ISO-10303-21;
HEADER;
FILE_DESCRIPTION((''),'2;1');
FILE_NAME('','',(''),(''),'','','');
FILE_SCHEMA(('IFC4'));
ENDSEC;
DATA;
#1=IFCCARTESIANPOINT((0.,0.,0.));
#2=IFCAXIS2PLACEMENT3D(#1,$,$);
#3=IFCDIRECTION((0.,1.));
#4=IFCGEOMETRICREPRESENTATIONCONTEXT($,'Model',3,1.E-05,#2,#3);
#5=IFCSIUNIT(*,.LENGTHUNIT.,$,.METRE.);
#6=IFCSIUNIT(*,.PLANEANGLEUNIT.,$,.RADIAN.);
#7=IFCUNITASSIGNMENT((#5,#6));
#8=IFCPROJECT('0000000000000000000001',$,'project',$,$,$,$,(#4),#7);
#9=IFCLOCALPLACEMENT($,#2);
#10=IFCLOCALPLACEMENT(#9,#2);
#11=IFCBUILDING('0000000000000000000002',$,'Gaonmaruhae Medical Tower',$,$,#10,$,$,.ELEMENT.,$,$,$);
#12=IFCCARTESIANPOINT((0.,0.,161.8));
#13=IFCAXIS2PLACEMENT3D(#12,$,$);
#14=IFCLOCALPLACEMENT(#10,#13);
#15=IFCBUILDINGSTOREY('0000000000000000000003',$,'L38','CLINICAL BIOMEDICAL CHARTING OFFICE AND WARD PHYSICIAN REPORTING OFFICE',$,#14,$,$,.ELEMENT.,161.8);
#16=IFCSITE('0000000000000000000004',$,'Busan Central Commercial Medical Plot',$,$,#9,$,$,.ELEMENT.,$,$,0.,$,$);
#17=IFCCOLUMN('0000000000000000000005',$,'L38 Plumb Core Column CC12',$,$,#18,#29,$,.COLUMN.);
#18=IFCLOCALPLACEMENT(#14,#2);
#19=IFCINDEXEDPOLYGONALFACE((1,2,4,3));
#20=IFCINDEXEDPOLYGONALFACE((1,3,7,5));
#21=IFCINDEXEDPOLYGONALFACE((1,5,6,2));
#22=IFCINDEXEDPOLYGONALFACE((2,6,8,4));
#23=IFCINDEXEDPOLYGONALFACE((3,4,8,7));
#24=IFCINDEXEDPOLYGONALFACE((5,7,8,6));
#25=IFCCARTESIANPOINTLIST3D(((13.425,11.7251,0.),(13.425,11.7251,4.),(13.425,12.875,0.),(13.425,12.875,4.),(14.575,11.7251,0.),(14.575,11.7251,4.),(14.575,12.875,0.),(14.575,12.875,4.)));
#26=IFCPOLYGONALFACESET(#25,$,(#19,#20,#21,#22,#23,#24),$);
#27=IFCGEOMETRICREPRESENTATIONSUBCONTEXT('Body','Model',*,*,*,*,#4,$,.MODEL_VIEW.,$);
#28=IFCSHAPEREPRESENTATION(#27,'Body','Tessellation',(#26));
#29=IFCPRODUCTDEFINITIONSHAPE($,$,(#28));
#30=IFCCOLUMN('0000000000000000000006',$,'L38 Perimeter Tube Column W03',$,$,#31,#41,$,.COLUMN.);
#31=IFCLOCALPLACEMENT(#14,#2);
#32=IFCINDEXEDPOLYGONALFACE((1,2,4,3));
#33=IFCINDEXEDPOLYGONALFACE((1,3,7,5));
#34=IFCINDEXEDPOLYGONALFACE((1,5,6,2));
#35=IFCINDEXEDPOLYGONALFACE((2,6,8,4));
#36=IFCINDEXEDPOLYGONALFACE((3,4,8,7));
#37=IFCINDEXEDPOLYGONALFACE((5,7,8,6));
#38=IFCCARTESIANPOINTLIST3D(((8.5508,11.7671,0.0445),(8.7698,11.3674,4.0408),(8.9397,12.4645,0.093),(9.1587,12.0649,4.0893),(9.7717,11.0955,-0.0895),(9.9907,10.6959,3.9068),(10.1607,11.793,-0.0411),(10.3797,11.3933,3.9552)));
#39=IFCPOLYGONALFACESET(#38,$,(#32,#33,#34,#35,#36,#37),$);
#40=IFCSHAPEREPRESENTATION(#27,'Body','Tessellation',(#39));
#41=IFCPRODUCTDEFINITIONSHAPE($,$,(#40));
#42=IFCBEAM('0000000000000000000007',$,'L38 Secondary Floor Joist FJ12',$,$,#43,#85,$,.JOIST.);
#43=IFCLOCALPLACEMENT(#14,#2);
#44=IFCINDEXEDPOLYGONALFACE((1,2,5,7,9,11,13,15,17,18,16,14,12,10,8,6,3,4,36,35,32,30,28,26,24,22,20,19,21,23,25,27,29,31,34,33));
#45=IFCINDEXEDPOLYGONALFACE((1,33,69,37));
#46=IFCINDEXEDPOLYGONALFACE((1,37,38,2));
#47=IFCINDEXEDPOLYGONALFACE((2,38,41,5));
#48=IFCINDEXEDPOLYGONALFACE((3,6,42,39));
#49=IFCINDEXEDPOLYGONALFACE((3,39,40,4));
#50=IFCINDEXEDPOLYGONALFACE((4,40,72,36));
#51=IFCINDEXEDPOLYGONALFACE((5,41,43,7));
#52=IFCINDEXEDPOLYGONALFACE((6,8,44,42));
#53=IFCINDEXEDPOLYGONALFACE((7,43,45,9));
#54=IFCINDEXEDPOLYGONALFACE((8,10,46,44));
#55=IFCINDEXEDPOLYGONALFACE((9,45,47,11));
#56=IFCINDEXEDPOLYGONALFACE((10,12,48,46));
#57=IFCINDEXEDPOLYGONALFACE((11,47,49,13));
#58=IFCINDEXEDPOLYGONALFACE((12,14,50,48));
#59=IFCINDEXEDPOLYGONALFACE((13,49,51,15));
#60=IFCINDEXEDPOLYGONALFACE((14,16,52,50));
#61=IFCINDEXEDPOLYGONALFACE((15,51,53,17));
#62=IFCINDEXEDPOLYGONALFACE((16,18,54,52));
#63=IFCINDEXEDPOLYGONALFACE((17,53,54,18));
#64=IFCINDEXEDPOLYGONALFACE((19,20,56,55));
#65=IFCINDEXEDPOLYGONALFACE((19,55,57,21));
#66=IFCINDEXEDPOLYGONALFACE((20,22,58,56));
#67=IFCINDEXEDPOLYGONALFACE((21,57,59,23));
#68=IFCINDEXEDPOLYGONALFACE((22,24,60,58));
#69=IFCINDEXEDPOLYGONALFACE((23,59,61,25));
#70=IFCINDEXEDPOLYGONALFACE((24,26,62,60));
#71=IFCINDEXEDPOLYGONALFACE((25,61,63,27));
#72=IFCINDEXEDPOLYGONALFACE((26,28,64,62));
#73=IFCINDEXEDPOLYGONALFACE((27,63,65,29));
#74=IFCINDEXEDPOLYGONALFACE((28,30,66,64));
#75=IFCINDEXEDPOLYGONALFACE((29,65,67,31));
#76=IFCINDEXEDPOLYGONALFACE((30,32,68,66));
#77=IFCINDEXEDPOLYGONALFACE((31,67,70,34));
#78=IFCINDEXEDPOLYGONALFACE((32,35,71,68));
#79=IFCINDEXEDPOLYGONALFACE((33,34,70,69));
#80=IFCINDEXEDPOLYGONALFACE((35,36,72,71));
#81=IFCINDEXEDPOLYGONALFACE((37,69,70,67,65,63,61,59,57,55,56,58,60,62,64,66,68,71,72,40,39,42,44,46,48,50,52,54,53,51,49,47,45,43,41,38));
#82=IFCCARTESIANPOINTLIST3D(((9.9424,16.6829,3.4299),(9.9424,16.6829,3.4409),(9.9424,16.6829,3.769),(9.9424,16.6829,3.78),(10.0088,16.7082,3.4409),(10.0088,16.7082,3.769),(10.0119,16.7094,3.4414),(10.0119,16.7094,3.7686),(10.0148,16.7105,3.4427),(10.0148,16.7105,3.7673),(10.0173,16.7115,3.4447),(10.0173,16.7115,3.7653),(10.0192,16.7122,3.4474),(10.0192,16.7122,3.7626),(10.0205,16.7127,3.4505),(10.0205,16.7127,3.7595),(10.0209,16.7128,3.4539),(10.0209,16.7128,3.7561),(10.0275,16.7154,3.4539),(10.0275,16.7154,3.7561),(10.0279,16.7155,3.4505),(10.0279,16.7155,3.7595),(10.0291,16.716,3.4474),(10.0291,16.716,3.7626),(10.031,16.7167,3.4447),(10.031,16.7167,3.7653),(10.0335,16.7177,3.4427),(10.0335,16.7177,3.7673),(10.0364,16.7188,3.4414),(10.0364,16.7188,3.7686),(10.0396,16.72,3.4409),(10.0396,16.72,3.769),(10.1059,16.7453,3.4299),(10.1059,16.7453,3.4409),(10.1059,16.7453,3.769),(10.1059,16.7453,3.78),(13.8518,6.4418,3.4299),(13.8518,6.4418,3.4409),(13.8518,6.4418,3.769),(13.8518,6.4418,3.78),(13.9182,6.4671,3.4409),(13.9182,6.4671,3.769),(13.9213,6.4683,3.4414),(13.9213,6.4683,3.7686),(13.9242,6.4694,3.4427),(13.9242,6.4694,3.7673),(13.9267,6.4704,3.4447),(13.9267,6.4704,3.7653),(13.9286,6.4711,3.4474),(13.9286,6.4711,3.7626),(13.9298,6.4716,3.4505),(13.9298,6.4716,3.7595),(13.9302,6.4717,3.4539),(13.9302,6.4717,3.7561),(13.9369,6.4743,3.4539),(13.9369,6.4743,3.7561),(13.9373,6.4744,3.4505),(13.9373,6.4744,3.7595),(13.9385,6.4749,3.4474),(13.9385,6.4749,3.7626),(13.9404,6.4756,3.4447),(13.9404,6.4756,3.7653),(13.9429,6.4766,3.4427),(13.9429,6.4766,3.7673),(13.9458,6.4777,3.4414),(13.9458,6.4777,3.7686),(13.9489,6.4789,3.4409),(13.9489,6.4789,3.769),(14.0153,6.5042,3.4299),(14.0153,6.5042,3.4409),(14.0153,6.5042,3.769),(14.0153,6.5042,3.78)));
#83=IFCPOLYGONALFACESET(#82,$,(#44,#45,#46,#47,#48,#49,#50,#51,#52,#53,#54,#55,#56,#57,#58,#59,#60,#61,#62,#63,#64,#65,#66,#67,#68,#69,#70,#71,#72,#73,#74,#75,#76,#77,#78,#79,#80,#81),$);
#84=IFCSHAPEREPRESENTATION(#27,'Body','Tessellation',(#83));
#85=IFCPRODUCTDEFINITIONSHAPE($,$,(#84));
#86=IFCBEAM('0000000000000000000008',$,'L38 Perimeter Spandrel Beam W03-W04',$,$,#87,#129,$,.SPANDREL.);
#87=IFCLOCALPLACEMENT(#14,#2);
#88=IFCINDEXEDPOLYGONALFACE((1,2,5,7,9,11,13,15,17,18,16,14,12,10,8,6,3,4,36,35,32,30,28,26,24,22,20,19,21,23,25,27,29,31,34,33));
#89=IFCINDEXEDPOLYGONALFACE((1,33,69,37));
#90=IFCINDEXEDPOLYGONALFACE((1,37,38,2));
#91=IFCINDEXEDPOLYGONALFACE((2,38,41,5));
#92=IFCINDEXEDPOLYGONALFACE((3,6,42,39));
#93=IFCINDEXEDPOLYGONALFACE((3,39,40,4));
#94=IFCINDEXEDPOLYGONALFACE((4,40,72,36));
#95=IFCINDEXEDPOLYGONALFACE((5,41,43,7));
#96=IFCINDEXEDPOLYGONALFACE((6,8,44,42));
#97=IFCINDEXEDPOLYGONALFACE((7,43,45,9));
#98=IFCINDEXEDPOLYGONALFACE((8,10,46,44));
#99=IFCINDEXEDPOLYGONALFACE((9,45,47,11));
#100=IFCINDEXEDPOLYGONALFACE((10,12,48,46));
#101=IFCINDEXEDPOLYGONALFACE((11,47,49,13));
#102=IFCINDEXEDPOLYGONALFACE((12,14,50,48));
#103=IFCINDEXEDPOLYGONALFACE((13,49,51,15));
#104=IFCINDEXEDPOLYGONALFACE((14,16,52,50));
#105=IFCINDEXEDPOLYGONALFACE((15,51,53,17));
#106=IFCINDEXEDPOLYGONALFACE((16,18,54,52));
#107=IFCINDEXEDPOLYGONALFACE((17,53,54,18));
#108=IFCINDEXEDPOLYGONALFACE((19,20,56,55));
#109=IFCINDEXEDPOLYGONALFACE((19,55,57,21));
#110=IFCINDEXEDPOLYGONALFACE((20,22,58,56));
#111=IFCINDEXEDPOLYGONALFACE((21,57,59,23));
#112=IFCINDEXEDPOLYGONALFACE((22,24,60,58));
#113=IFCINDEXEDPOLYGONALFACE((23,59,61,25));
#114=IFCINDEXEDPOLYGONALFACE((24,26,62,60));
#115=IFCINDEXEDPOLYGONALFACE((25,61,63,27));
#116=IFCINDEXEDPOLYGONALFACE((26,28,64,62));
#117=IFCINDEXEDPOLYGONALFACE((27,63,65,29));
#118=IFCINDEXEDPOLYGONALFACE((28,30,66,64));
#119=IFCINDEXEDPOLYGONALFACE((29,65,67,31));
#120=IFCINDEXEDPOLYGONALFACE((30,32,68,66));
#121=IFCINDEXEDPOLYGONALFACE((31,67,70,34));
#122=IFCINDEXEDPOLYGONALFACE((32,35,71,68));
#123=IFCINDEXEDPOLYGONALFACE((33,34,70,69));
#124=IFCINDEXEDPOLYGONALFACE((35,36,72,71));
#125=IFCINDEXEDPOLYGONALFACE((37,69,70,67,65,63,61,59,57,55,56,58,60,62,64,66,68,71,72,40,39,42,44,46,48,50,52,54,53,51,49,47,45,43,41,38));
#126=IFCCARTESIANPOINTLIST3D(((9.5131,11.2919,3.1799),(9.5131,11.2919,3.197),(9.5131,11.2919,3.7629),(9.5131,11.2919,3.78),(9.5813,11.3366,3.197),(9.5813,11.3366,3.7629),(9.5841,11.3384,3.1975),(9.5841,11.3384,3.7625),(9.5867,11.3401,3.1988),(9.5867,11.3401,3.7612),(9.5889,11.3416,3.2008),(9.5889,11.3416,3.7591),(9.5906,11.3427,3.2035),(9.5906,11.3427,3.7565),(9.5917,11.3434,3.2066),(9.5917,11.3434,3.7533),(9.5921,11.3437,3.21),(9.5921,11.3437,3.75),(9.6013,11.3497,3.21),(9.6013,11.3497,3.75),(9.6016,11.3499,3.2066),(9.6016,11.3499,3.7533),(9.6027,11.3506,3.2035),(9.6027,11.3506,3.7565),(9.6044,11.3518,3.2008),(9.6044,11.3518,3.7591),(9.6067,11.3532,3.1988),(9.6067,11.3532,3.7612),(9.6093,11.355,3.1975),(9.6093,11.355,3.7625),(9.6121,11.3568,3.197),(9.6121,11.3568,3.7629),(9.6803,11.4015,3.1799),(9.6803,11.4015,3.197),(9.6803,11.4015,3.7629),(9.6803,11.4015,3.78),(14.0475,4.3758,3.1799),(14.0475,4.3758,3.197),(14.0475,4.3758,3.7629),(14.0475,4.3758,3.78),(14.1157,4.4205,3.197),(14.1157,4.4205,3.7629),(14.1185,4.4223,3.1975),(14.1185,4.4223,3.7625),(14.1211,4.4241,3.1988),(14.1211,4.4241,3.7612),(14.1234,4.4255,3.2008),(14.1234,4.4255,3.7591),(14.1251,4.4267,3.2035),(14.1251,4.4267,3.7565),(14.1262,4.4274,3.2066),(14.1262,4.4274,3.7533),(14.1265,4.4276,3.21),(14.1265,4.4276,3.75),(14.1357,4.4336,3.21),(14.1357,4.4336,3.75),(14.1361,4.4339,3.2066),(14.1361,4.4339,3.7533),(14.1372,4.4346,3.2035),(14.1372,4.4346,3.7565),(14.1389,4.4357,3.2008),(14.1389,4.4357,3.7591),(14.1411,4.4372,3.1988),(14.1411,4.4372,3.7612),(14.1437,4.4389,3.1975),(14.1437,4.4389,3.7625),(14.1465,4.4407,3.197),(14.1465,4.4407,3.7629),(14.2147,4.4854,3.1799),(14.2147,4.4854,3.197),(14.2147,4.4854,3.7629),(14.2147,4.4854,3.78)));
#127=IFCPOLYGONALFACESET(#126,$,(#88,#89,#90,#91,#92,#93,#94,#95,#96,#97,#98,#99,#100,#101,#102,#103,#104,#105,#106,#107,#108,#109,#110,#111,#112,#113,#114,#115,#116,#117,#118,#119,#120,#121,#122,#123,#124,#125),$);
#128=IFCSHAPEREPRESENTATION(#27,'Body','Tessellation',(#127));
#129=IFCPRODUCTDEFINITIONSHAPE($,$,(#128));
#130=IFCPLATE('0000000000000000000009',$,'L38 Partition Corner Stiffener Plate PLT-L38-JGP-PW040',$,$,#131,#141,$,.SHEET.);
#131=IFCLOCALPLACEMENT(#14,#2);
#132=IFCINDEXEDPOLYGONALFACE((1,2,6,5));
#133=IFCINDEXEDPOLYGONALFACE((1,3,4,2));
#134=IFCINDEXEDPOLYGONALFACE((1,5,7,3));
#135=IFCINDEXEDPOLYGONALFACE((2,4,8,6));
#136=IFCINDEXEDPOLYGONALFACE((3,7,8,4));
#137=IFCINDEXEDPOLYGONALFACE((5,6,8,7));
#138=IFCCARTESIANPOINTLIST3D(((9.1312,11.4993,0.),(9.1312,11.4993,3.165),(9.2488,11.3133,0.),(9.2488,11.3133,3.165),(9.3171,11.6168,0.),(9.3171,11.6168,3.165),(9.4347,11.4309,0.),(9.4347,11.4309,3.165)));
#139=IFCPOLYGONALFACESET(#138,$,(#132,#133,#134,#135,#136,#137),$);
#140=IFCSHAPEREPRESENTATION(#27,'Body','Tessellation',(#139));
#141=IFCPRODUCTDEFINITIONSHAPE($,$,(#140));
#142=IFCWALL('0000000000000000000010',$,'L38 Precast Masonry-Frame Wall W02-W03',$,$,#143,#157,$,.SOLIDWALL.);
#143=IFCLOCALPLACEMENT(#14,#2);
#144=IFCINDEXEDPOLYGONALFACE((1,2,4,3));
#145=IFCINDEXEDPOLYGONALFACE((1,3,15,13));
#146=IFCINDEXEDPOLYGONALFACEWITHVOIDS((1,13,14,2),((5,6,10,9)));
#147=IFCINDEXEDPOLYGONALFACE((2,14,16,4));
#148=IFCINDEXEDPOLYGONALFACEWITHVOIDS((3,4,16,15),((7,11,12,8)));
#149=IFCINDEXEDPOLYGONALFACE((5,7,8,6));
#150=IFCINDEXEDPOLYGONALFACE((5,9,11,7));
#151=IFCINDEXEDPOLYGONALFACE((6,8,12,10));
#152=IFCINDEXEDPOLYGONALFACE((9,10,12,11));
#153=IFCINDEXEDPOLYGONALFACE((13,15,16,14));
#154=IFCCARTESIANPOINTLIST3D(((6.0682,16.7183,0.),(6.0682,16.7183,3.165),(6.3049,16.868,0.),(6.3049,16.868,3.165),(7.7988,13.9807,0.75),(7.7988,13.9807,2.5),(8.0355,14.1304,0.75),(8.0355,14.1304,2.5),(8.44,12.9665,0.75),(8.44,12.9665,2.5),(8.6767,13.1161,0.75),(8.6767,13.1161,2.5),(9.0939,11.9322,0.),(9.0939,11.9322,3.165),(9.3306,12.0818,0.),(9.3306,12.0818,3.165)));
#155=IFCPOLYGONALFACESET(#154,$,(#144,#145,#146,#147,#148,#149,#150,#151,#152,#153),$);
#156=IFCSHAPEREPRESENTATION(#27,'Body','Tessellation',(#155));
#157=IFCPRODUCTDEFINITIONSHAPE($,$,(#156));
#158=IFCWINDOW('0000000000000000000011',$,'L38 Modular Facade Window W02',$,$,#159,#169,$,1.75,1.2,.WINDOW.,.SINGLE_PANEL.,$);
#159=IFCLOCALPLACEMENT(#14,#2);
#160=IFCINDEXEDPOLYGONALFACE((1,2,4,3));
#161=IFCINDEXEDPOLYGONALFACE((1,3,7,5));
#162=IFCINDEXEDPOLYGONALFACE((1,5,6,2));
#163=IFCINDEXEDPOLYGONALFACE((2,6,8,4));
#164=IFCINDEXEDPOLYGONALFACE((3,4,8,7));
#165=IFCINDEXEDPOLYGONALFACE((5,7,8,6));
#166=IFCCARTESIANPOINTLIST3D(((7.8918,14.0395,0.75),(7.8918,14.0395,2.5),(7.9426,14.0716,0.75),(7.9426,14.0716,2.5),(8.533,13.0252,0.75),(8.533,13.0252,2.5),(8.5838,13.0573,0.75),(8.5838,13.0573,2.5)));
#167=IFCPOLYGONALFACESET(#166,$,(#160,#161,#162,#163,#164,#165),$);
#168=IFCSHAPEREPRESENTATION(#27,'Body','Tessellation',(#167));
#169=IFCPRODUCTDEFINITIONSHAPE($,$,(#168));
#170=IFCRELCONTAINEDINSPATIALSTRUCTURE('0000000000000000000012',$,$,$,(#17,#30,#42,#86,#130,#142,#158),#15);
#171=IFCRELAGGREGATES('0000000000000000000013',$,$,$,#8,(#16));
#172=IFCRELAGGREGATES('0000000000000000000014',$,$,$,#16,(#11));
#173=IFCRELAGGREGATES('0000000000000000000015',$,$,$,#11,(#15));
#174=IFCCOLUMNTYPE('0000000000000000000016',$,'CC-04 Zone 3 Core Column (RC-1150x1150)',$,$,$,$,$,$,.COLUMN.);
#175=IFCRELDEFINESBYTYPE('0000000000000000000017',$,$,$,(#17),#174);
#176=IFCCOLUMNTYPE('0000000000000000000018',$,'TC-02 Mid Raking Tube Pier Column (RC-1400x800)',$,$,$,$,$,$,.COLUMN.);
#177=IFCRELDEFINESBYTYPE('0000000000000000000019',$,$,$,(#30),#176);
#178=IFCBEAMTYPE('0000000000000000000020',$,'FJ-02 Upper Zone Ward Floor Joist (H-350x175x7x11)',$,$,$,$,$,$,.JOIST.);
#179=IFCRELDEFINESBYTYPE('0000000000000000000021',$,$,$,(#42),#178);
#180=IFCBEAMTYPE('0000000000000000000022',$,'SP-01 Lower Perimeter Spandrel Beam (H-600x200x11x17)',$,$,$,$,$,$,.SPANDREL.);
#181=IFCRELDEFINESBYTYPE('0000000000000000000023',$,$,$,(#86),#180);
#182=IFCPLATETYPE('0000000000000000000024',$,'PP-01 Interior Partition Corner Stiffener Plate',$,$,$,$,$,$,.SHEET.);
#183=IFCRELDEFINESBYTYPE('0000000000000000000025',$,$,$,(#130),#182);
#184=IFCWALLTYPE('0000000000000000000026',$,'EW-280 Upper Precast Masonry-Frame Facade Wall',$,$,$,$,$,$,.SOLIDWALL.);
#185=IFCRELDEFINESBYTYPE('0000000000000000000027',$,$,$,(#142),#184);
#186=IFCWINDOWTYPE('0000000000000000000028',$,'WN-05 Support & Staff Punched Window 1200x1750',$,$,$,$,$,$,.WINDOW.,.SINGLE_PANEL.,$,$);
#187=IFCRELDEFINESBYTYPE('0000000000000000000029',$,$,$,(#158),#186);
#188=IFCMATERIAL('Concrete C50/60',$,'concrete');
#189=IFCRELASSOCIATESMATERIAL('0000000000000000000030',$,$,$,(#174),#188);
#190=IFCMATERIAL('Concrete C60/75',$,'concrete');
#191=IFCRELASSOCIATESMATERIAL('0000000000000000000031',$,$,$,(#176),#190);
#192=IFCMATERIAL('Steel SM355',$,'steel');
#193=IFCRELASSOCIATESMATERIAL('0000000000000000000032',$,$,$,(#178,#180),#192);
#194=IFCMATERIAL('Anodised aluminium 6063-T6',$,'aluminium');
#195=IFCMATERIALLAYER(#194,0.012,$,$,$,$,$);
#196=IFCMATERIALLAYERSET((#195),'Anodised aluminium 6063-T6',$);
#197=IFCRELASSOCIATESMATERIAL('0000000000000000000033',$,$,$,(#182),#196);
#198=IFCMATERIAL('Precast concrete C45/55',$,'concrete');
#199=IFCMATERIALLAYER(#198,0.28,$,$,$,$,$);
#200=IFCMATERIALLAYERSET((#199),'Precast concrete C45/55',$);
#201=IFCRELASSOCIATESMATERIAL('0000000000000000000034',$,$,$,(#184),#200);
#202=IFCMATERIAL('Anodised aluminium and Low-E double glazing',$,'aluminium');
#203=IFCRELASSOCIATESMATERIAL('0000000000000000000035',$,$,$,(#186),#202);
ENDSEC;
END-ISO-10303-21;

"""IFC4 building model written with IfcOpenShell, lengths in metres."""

from ifc_helpers import new_model, si_unit, direction, frame, frame_2d, origin, origin_2d, place, context, subcontext, project, spatial, rectangle, i_section, extrude, material, layer, layer_set, material_profile, profile_set, type_object, element, fill, save


model = new_model("IFC4")

# Units and contexts
model_context = context("Model", 3, precision=1e-05, world=origin(), true_north=direction((0.0, 1.0)))
body_context = subcontext(model_context, "Body", "Model", "MODEL_VIEW")
ifc_project = project(units=[si_unit("LENGTHUNIT", "METRE"), si_unit("PLANEANGLEUNIT", "RADIAN")], contexts=[model_context])

# Site, building, storey
site_placement = place(None, origin())
site = spatial("IfcSite", under=ifc_project, at=site_placement, Name="Busan Central Commercial Medical Plot", CompositionType="ELEMENT", RefElevation=0.0)
building_placement = place(site_placement, origin())
building = spatial("IfcBuilding", under=site, at=building_placement, Name="Gaonmaruhae Medical Tower", CompositionType="ELEMENT")
storey_placement = place(building_placement, frame((0.0, 0.0, 161.8)))
storey = spatial("IfcBuildingStorey", under=building, at=storey_placement, Name="L38", Description="CLINICAL BIOMEDICAL CHARTING OFFICE AND WARD PHYSICIAN REPORTING OFFICE", CompositionType="ELEMENT", Elevation=161.8)

# Columns
ifc_material_1 = material(Name="Concrete C50/60", Category="concrete")
ifc_material_profile_1 = material_profile(ifc_material_1, rectangle(XDim=1.1499, YDim=1.1499, at=origin_2d()), Name="RC-1150x1150")
ifc_profile_set_1 = profile_set([ifc_material_profile_1], Name="Concrete C50/60")
column_type_1 = type_object("IfcColumnType", Name="CC-04 Zone 3 Core Column (RC-1150x1150)", PredefinedType="COLUMN", material=ifc_profile_set_1)
column_1_placement = place(storey_placement, frame((14.0, 12.3, 0.0), z_axis=(0.0, 0.0, 1.0), x_axis=(1.0, 0.0, 0.0)))
element("IfcColumn", 1, at=column_1_placement, inside=storey, type_object=column_type_1, Name="L38 Plumb Core Column CC12", PredefinedType="COLUMN", context=body_context, shape_type="SweptSolid", body=[
    extrude(rectangle(XDim=1.1499, YDim=1.1499, at=origin_2d()), origin(), (0.0, 0.0, 1.0), 4.0),
])
ifc_material_2 = material(Name="Concrete C60/75", Category="concrete")
ifc_material_profile_2 = material_profile(ifc_material_2, rectangle(XDim=1.3999, YDim=0.8, at=origin_2d()), Name="RC-1400x800")
ifc_profile_set_2 = profile_set([ifc_material_profile_2], Name="Concrete C60/75")
column_type_2 = type_object("IfcColumnType", Name="TC-02 Mid Raking Tube Pier Column (RC-1400x800)", PredefinedType="COLUMN", material=ifc_profile_set_2)
column_2_placement = place(storey_placement, frame((9.3557, 11.78, 0.0017), z_axis=(0.054446, -0.099362, 0.993561), x_axis=(-0.872179, 0.47972, 0.095769)))
element("IfcColumn", 2, at=column_2_placement, inside=storey, type_object=column_type_2, Name="L38 Perimeter Tube Column W03", PredefinedType="COLUMN", context=body_context, shape_type="SweptSolid", body=[
    extrude(rectangle(XDim=1.3999, YDim=0.8, at=origin_2d()), origin(), (0.0, 0.0, 1.0), 4.0222),
])

# Beams
ifc_material_3 = material(Name="Steel SM355", Category="steel")
ifc_material_profile_3 = material_profile(ifc_material_3, i_section(OverallWidth=0.175, OverallDepth=0.3501, WebThickness=0.0071, FlangeThickness=0.011, FilletRadius=0.0129, at=origin_2d()), Name="H-350x175x7x11")
ifc_profile_set_3 = profile_set([ifc_material_profile_3], Name="Steel SM355")
beam_type_1 = type_object("IfcBeamType", Name="FJ-02 Upper Zone Ward Floor Joist (H-350x175x7x11)", PredefinedType="JOIST", material=ifc_profile_set_3)
beam_1_placement = place(storey_placement, frame((10.0242, 16.7141, 3.605), z_axis=(0.356633, -0.934244, 0.0), x_axis=(0.934244, 0.356633, 0.0)))
element("IfcBeam", 3, at=beam_1_placement, inside=storey, type_object=beam_type_1, Name="L38 Secondary Floor Joist FJ12", PredefinedType="JOIST", context=body_context, shape_type="SweptSolid", body=[
    extrude(i_section(OverallWidth=0.175, OverallDepth=0.3501, WebThickness=0.0071, FlangeThickness=0.011, FilletRadius=0.0129, at=origin_2d()), origin(), (0.0, 0.0, 1.0), 10.9619),
])
ifc_material_profile_4 = material_profile(ifc_material_3, i_section(OverallWidth=0.2, OverallDepth=0.6001, WebThickness=0.011, FlangeThickness=0.0171, FilletRadius=0.0129, at=origin_2d()), Name="H-600x200x11x17")
ifc_profile_set_4 = profile_set([ifc_material_profile_4], Name="Steel SM355")
beam_type_2 = type_object("IfcBeamType", Name="SP-01 Lower Perimeter Spandrel Beam (H-600x200x11x17)", PredefinedType="SPANDREL", material=ifc_profile_set_4)
beam_2_placement = place(storey_placement, frame((9.5967, 11.3467, 3.48), z_axis=(0.5483, -0.836281, 0.0), x_axis=(0.836281, 0.5483, 0.0)))
element("IfcBeam", 4, at=beam_2_placement, inside=storey, type_object=beam_type_2, Name="L38 Perimeter Spandrel Beam W03-W04", PredefinedType="SPANDREL", context=body_context, shape_type="SweptSolid", body=[
    extrude(i_section(OverallWidth=0.2, OverallDepth=0.6001, WebThickness=0.011, FlangeThickness=0.0171, FilletRadius=0.0129, at=origin_2d()), origin(), (0.0, 0.0, 1.0), 8.27),
])

# Plate
ifc_material_4 = material(Name="Anodised aluminium 6063-T6", Category="aluminium")
ifc_layer_1 = layer(ifc_material_4, 0.012)
ifc_layer_set_1 = layer_set([ifc_layer_1], Name="Anodised aluminium 6063-T6")
plate_type = type_object("IfcPlateType", Name="PP-01 Interior Partition Corner Stiffener Plate", PredefinedType="SHEET", material=ifc_layer_set_1)
plate_placement = place(storey_placement, frame((9.283, 11.4651, 0.0), z_axis=(0.0, 0.0, 1.0), x_axis=(-0.534529, 0.84515, 0.0)))
element("IfcPlate", 5, at=plate_placement, inside=storey, type_object=plate_type, Name="L38 Partition Corner Stiffener Plate PLT-L38-JGP-PW040", PredefinedType="SHEET", context=body_context, shape_type="SweptSolid", body=[
    extrude(rectangle(XDim=0.22, YDim=0.22, at=origin_2d()), origin(), (0.0, 0.0, 1.0), 3.165),
])

# Wall, opening, window
ifc_material_5 = material(Name="Precast concrete C45/55", Category="concrete")
ifc_layer_2 = layer(ifc_material_5, 0.28)
ifc_layer_set_2 = layer_set([ifc_layer_2], Name="Precast concrete C45/55")
wall_type_1 = type_object("IfcWallType", Name="EW-280 Upper Precast Masonry-Frame Facade Wall", PredefinedType="SOLIDWALL", material=ifc_layer_set_2)
wall_1_placement = place(storey_placement, frame((9.2122, 12.0071, 0.0), z_axis=(0.0, 0.0, 1.0), x_axis=(-0.534348, 0.845264, 0.0)))
wall_1 = element("IfcWall", 6, at=wall_1_placement, inside=storey, type_object=wall_type_1, Name="L38 Precast Masonry-Frame Wall W02-W03", PredefinedType="SOLIDWALL", context=body_context, shape_type="SweptSolid", body=[
    extrude(rectangle(XDim=5.6624, YDim=0.28, at=frame_2d((2.8311, 0.0))), origin(), (0.0, 0.0, 1.0), 3.165),
])
opening_1_placement = place(wall_1_placement, frame((1.2234, 0.0, 0.75)))
opening_1 = element("IfcOpeningElement", 7, at=opening_1_placement, cuts=wall_1, PredefinedType="OPENING", context=body_context, shape_type="SweptSolid", body=[
    extrude(rectangle(XDim=1.2, YDim=1.75, at=frame_2d((0.6001, 0.875))), frame((0.0, 0.1499, 0.0), z_axis=(0.0, -1.0, 0.0), x_axis=(1.0, 0.0, 0.0)), (0.0, 0.0, 1.0), 0.3),
])
ifc_material_6 = material(Name="Anodised aluminium and Low-E double glazing", Category="aluminium")
window_type = type_object("IfcWindowType", Name="WN-05 Support & Staff Punched Window 1200x1750", PartitioningType="SINGLE_PANEL", PredefinedType="WINDOW", material=ifc_material_6)
window_placement = place(opening_1_placement, origin())
window = element("IfcWindow", 8, at=window_placement, inside=storey, type_object=window_type, Name="L38 Modular Facade Window W02", OverallHeight=1.75, OverallWidth=1.2, PartitioningType="SINGLE_PANEL", PredefinedType="WINDOW", context=body_context, shape_type="SweptSolid", body=[
    extrude(rectangle(XDim=1.2, YDim=1.75, at=frame_2d((0.6001, 0.875))), frame((0.0, 0.03, 0.0), z_axis=(0.0, -1.0, 0.0), x_axis=(1.0, 0.0, 0.0)), (0.0, 0.0, 1.0), 0.0601),
])
fill(opening_1, window)

save(model, "model.ifc")
